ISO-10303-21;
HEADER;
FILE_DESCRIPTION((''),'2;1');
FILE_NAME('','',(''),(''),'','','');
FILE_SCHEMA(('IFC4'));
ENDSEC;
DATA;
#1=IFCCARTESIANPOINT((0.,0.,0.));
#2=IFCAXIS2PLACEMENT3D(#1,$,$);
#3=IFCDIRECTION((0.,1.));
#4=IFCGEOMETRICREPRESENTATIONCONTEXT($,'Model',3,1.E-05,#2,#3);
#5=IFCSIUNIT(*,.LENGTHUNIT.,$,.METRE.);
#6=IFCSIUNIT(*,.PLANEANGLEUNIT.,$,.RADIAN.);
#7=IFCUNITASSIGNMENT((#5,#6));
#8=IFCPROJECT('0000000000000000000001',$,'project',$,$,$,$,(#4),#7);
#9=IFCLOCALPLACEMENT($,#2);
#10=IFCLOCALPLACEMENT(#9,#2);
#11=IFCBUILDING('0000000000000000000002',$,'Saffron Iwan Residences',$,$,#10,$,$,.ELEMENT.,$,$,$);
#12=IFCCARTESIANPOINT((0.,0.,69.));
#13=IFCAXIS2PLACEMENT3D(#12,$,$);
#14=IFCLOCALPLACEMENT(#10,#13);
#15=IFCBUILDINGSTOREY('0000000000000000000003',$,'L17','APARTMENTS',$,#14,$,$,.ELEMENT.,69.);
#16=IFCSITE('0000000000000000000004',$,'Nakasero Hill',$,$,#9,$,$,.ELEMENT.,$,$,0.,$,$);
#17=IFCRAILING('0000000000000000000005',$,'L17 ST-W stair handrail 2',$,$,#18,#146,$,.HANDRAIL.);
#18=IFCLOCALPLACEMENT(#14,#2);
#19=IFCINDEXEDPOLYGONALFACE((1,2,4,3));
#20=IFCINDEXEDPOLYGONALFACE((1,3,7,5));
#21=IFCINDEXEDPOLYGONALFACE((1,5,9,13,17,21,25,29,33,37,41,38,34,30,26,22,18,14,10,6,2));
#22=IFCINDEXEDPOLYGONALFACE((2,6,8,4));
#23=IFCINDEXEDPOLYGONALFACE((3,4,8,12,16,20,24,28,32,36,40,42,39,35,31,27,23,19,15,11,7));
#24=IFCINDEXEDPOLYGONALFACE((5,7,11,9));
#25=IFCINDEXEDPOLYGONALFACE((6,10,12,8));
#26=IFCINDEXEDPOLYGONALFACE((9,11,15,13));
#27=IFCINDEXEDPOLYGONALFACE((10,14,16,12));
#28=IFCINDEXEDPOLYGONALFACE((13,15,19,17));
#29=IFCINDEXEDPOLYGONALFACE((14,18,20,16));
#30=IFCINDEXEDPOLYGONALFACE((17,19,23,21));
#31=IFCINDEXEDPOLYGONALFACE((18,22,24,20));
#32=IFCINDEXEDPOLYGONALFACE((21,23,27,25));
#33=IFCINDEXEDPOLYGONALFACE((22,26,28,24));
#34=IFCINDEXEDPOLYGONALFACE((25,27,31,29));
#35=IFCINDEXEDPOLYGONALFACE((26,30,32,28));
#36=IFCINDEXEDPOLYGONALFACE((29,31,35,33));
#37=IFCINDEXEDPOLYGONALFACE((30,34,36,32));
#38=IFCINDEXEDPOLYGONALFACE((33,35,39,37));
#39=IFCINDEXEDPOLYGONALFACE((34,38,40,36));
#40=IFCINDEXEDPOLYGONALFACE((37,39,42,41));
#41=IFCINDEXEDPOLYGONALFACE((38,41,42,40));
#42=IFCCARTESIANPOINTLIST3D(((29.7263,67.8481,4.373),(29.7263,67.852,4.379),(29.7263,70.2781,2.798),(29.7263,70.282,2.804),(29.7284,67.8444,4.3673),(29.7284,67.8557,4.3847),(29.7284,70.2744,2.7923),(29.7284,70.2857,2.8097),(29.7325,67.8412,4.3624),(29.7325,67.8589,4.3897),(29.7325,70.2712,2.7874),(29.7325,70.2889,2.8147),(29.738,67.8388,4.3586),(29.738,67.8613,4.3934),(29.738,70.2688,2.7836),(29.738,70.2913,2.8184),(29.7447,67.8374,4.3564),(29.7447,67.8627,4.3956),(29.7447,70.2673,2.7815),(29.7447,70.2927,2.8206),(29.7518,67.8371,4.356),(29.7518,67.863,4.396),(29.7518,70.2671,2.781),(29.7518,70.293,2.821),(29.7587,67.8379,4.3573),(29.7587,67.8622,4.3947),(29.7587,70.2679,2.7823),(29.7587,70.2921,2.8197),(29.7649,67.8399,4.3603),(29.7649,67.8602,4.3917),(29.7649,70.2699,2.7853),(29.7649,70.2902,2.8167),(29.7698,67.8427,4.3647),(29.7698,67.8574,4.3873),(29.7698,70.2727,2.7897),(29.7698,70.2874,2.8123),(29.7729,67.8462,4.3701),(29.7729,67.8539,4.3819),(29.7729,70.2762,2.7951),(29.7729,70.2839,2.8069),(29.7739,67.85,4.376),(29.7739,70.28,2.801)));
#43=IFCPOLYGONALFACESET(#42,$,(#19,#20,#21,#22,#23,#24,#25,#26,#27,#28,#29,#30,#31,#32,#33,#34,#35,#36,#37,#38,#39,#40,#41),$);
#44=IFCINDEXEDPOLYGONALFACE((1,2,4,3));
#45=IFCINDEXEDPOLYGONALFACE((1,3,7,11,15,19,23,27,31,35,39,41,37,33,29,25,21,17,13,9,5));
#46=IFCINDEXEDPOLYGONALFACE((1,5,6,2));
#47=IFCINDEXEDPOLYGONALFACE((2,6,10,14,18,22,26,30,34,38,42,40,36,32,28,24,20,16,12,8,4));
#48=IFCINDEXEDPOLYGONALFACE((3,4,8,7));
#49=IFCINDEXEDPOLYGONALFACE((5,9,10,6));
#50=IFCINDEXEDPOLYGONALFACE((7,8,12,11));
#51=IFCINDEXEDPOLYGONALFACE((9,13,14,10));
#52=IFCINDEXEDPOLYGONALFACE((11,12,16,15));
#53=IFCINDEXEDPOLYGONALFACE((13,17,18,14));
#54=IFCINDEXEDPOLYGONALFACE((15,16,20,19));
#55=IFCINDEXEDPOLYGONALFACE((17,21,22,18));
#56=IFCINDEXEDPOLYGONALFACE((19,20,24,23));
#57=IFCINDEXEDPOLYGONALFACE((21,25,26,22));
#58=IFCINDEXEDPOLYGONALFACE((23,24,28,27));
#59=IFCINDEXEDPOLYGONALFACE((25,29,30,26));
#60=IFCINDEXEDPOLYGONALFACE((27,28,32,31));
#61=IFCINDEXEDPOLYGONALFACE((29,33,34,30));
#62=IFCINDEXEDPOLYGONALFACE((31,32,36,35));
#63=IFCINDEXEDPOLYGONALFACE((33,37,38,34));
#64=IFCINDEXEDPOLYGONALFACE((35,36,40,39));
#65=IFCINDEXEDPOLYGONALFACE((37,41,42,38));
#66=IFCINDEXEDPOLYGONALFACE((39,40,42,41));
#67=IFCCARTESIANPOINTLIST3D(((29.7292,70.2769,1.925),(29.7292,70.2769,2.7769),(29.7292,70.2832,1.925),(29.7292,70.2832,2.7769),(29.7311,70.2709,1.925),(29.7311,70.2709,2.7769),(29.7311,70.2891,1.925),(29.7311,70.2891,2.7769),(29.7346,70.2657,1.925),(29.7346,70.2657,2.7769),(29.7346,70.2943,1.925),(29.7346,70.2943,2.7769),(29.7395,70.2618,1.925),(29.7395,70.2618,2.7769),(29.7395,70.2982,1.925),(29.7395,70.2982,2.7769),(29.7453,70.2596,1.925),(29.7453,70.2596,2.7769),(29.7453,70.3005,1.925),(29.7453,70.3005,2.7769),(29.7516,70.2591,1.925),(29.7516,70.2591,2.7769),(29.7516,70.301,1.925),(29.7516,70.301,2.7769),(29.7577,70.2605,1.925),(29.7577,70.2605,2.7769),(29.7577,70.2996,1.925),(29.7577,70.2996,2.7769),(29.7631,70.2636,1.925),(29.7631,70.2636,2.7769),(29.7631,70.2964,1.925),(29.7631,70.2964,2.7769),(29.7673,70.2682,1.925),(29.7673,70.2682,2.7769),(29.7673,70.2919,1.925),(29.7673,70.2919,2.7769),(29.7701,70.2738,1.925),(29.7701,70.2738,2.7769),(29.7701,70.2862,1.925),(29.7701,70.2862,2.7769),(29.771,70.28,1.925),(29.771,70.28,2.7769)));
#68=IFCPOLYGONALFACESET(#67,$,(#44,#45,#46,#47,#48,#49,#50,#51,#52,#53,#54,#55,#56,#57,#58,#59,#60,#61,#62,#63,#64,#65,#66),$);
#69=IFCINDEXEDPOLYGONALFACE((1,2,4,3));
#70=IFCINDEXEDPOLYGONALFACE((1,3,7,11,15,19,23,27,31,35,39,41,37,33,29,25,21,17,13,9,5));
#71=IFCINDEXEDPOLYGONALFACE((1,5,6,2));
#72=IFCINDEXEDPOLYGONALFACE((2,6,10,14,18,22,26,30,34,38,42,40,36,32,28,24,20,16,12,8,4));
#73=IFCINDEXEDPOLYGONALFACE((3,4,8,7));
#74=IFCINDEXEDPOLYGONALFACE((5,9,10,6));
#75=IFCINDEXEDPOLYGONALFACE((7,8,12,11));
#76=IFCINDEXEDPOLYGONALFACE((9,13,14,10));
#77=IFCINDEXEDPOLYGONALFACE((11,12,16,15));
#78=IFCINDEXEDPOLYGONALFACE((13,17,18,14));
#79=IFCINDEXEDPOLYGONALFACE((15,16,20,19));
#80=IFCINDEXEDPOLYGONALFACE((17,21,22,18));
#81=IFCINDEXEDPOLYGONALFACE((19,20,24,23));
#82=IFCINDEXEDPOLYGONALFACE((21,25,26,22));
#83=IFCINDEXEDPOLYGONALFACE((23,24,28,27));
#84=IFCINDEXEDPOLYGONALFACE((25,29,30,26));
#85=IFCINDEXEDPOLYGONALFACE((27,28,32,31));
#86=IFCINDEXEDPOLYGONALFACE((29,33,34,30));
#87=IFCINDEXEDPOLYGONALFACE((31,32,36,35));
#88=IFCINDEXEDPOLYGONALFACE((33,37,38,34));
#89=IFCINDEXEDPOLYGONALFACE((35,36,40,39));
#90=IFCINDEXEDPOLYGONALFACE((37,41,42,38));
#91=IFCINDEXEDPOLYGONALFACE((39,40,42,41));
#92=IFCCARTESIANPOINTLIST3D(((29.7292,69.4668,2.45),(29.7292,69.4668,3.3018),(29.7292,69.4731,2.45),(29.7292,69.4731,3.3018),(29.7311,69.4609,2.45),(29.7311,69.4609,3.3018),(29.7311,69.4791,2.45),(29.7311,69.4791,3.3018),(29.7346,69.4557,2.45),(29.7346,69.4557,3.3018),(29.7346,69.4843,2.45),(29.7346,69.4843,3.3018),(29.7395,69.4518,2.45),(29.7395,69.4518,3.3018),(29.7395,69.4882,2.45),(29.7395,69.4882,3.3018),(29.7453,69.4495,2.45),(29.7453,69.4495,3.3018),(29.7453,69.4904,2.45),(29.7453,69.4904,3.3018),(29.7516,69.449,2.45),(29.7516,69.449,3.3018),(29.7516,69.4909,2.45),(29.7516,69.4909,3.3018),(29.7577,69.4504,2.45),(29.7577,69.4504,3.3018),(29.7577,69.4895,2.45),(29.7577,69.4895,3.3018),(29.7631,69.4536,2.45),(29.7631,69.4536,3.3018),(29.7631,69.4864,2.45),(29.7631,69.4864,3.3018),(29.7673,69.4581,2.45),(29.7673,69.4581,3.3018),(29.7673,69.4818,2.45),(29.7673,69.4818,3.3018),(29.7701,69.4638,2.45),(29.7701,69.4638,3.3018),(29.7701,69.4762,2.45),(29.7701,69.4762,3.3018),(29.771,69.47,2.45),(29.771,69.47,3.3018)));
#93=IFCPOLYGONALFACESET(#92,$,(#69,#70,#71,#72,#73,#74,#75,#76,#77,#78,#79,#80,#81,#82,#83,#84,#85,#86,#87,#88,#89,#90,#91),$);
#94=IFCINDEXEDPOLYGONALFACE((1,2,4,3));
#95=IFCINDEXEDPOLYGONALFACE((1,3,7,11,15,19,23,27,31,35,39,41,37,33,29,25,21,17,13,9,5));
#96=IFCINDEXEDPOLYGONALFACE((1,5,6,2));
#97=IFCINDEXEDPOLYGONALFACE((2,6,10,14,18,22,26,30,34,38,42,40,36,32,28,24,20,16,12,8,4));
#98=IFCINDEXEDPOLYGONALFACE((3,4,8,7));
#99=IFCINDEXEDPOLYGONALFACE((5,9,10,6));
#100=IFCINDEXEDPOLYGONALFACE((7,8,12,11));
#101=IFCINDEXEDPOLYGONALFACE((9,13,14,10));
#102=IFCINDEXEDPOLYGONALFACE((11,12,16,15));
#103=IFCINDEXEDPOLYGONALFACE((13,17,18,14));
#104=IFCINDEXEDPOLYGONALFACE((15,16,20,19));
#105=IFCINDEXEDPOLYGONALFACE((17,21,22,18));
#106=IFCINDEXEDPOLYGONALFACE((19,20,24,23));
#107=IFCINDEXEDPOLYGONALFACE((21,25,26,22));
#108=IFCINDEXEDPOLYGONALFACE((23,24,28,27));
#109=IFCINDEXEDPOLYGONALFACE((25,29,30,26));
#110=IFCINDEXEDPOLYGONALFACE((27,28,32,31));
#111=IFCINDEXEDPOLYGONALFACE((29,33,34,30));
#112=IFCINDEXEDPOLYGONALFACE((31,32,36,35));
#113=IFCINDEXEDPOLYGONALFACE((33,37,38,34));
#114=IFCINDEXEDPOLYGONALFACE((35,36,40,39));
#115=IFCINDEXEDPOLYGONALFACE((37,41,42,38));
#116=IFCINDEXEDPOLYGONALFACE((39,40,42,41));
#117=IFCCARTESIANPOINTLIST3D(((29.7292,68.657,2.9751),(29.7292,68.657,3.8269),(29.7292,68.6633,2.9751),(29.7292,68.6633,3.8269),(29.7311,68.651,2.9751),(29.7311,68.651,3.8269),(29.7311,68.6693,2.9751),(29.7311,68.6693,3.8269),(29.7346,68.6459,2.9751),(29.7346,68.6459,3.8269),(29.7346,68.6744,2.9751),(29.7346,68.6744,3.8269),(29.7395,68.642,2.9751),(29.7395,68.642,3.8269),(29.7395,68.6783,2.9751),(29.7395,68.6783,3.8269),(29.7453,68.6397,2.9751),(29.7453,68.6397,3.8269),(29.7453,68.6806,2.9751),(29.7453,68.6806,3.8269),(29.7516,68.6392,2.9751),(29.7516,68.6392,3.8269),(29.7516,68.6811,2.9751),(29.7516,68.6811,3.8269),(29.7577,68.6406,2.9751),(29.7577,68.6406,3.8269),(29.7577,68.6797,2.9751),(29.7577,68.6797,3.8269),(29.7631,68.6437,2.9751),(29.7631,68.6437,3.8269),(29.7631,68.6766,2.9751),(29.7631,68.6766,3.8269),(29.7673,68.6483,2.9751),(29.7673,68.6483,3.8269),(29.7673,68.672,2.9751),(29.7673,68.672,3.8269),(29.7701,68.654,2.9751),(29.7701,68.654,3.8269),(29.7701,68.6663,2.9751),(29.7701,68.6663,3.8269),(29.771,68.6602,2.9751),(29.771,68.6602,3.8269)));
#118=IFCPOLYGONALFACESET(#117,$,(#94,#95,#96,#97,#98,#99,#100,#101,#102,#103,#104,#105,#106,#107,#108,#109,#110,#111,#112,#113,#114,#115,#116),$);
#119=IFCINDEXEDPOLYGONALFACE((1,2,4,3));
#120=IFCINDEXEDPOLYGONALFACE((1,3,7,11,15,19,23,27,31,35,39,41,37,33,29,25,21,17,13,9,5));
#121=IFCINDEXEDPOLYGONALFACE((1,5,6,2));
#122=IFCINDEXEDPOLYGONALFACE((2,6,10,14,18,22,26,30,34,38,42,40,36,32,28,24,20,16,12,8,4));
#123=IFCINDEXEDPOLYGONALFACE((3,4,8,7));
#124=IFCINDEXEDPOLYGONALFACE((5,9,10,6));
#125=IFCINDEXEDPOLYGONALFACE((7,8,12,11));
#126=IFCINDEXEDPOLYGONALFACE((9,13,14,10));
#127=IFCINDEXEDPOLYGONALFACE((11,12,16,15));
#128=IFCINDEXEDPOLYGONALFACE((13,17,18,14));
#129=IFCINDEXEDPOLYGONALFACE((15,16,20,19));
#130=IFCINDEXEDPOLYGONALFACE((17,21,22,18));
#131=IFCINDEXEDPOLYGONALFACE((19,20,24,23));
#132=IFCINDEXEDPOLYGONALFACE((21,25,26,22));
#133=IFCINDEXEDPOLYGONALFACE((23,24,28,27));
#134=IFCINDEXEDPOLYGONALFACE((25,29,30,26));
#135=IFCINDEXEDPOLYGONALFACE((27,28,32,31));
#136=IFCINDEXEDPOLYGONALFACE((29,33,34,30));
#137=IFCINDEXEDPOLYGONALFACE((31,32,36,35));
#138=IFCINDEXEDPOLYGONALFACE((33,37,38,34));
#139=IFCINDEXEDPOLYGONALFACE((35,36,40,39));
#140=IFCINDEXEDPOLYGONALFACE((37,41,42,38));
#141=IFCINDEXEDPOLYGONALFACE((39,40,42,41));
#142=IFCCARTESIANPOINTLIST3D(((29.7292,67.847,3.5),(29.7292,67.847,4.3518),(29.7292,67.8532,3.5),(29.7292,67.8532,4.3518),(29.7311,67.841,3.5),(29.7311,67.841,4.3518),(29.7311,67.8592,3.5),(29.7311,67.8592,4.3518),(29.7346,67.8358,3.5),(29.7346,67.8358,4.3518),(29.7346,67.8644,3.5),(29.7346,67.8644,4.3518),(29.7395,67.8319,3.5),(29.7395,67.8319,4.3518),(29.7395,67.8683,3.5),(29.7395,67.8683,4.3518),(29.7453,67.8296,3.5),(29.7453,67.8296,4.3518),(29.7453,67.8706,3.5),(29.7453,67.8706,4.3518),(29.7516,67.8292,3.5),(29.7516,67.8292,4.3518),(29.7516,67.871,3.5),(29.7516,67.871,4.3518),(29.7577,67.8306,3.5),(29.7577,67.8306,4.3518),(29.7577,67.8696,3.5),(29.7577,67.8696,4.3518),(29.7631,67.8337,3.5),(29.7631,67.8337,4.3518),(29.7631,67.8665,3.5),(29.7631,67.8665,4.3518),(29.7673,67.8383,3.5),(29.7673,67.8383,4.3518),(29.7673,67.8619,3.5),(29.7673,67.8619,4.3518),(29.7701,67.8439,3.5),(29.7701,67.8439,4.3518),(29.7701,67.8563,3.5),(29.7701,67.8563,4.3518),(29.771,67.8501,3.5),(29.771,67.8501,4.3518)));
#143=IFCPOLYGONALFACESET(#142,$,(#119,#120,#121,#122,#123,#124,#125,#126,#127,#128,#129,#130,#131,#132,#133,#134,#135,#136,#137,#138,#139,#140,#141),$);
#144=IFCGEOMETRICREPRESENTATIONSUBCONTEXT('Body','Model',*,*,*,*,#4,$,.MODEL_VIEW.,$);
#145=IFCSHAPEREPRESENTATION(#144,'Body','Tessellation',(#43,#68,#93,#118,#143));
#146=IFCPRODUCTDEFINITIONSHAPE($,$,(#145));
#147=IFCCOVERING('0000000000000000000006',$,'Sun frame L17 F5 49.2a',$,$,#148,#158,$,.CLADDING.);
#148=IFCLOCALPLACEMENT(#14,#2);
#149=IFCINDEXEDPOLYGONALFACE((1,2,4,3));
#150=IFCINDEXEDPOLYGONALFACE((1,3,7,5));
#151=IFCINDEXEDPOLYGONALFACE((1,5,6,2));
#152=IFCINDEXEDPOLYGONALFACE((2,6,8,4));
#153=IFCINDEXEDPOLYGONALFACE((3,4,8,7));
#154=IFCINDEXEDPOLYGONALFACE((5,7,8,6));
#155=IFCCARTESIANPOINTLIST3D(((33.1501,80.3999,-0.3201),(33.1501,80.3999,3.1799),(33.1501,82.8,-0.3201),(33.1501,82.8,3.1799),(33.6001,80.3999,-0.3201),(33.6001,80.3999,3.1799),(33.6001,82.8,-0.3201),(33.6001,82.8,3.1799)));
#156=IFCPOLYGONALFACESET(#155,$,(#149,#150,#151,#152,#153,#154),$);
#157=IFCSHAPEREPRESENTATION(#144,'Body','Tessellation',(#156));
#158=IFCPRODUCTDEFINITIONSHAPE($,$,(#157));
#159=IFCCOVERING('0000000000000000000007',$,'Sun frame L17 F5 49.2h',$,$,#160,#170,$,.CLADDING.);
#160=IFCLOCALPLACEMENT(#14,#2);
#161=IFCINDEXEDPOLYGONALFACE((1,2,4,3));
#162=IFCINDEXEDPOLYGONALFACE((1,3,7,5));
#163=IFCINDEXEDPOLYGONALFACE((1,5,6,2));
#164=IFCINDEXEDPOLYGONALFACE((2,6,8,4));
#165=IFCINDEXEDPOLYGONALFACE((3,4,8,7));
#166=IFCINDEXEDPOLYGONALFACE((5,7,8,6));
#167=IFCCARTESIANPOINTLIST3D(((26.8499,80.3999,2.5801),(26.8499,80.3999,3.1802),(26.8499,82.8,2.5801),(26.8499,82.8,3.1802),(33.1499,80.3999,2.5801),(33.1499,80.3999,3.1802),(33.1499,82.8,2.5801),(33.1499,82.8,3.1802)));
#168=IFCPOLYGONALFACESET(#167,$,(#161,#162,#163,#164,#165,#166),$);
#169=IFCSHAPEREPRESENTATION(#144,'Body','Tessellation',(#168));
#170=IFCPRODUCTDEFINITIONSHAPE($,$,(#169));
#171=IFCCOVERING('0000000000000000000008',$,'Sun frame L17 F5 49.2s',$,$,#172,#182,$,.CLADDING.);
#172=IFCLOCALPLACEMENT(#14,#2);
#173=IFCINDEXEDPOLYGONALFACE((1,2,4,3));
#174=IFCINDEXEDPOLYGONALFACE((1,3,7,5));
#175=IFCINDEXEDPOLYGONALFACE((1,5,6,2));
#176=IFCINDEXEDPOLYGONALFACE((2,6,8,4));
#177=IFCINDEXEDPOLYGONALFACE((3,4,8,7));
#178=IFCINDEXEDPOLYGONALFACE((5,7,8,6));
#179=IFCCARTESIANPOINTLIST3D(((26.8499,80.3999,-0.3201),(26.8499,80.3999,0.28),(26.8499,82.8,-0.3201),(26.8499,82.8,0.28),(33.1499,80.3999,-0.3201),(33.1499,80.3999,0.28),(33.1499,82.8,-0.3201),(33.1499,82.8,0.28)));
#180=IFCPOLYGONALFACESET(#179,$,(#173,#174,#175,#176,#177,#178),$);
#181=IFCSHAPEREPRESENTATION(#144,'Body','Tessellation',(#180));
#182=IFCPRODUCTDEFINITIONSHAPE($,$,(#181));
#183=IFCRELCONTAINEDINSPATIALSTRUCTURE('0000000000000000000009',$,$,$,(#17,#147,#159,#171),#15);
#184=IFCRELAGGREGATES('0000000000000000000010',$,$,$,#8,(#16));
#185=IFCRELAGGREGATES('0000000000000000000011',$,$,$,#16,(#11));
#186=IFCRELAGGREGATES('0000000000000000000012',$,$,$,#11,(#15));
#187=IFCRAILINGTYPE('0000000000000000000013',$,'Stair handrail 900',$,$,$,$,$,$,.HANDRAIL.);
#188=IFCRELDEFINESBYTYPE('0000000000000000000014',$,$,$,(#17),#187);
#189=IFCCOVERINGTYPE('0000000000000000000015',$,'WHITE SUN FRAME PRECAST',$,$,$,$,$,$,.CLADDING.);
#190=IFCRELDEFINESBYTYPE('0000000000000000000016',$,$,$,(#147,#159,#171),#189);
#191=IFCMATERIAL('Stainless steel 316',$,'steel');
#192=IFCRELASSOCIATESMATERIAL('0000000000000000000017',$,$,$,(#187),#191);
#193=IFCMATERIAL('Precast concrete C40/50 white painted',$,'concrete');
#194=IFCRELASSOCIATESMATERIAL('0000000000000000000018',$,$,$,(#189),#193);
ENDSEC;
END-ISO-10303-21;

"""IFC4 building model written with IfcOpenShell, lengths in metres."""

from ifc_helpers import new_model, si_unit, direction, frame, origin, origin_2d, place, context, subcontext, project, spatial, polyline, circle, outline, extrude, material, type_object, element, save


model = new_model("IFC4")

# Units and contexts
model_context = context("Model", 3, precision=1e-05, world=origin(), true_north=direction((0.0, 1.0)))
body_context = subcontext(model_context, "Body", "Model", "MODEL_VIEW")
ifc_project = project(units=[si_unit("LENGTHUNIT", "METRE"), si_unit("PLANEANGLEUNIT", "RADIAN")], contexts=[model_context])

# Site, building, storey
site_placement = place(None, origin())
site = spatial("IfcSite", under=ifc_project, at=site_placement, Name="Nakasero Hill", CompositionType="ELEMENT", RefElevation=0.0)
building_placement = place(site_placement, origin())
building = spatial("IfcBuilding", under=site, at=building_placement, Name="Saffron Iwan Residences", CompositionType="ELEMENT")
storey_placement = place(building_placement, frame((0.0, 0.0, 69.0)))
storey = spatial("IfcBuildingStorey", under=building, at=storey_placement, Name="L17", Description="APARTMENTS", CompositionType="ELEMENT", Elevation=69.0)

# Railing
ifc_material_1 = material(Name="Stainless steel 316", Category="steel")
railing_type_1 = type_object("IfcRailingType", Name="Stair handrail 900", PredefinedType="HANDRAIL", material=ifc_material_1)
railing_1_placement = place(storey_placement, frame((29.75, 70.28, 1.925)))
element("IfcRailing", 1, at=railing_1_placement, inside=storey, type_object=railing_type_1, Name="L17 ST-W stair handrail 2", PredefinedType="HANDRAIL", context=body_context, shape_type="SweptSolid", body=[
    extrude(circle(Radius=0.0239, at=origin_2d()), frame((0.0, 0.0, 0.876), z_axis=(0.0, -0.839154, 0.543894), x_axis=(1.0, 0.0, 0.0)), (0.0, 0.0, 1.0), 2.8958),
    extrude(circle(Radius=0.021, at=origin_2d()), origin(), (0.0, 0.0, 1.0), 0.8518),
    extrude(circle(Radius=0.021, at=origin_2d()), frame((0.0, -0.8101, 0.5249)), (0.0, 0.0, 1.0), 0.8518),
    extrude(circle(Radius=0.021, at=origin_2d()), frame((0.0, -1.6199, 1.05)), (0.0, 0.0, 1.0), 0.8518),
    extrude(circle(Radius=0.021, at=origin_2d()), frame((0.0, -2.4299, 1.575)), (0.0, 0.0, 1.0), 0.8518),
])

# Coverings
ifc_material_2 = material(Name="Precast concrete C40/50 white painted", Category="concrete")
covering_type = type_object("IfcCoveringType", Name="WHITE SUN FRAME PRECAST", PredefinedType="CLADDING", material=ifc_material_2)
covering_placement = place(storey_placement, frame((33.6001, 80.3999, -0.3201), z_axis=(0.0, 1.0, 0.0), x_axis=(-1.0, 0.0, 0.0)))
element("IfcCovering", 2, at=covering_placement, inside=storey, type_object=covering_type, Name="Sun frame L17 F5 49.2a", PredefinedType="CLADDING", context=body_context, shape_type="SweptSolid", body=[
    extrude(outline(polyline([(0.0, 0.0), (0.45, 0.0), (0.45, 3.5), (0.0, 3.5), (0.0, 0.0)])), origin(), (0.0, 0.0, 1.0), 2.4001),
])
for number, where, z_axis, x_axis, name in (
    (3, (33.1499, 80.3999, 2.5801), (0.0, 1.0, 0.0), (-1.0, 0.0, 0.0), "Sun frame L17 F5 49.2h"),
    (4, (33.1499, 80.3999, -0.3201), (0.0, 1.0, 0.0), (-1.0, 0.0, 0.0), "Sun frame L17 F5 49.2s"),
):
    element("IfcCovering", number, at=place(storey_placement, frame(where, z_axis=z_axis, x_axis=x_axis)), inside=storey, type_object=covering_type, Name=name, PredefinedType="CLADDING", context=body_context, shape_type="SweptSolid", body=[
        extrude(outline(polyline([(0.0, 0.0), (6.3, 0.0), (6.3, 0.6001), (0.0, 0.6001), (0.0, 0.0)])), origin(), (0.0, 0.0, 1.0), 2.4001),
    ])

save(model, "model.ifc")
